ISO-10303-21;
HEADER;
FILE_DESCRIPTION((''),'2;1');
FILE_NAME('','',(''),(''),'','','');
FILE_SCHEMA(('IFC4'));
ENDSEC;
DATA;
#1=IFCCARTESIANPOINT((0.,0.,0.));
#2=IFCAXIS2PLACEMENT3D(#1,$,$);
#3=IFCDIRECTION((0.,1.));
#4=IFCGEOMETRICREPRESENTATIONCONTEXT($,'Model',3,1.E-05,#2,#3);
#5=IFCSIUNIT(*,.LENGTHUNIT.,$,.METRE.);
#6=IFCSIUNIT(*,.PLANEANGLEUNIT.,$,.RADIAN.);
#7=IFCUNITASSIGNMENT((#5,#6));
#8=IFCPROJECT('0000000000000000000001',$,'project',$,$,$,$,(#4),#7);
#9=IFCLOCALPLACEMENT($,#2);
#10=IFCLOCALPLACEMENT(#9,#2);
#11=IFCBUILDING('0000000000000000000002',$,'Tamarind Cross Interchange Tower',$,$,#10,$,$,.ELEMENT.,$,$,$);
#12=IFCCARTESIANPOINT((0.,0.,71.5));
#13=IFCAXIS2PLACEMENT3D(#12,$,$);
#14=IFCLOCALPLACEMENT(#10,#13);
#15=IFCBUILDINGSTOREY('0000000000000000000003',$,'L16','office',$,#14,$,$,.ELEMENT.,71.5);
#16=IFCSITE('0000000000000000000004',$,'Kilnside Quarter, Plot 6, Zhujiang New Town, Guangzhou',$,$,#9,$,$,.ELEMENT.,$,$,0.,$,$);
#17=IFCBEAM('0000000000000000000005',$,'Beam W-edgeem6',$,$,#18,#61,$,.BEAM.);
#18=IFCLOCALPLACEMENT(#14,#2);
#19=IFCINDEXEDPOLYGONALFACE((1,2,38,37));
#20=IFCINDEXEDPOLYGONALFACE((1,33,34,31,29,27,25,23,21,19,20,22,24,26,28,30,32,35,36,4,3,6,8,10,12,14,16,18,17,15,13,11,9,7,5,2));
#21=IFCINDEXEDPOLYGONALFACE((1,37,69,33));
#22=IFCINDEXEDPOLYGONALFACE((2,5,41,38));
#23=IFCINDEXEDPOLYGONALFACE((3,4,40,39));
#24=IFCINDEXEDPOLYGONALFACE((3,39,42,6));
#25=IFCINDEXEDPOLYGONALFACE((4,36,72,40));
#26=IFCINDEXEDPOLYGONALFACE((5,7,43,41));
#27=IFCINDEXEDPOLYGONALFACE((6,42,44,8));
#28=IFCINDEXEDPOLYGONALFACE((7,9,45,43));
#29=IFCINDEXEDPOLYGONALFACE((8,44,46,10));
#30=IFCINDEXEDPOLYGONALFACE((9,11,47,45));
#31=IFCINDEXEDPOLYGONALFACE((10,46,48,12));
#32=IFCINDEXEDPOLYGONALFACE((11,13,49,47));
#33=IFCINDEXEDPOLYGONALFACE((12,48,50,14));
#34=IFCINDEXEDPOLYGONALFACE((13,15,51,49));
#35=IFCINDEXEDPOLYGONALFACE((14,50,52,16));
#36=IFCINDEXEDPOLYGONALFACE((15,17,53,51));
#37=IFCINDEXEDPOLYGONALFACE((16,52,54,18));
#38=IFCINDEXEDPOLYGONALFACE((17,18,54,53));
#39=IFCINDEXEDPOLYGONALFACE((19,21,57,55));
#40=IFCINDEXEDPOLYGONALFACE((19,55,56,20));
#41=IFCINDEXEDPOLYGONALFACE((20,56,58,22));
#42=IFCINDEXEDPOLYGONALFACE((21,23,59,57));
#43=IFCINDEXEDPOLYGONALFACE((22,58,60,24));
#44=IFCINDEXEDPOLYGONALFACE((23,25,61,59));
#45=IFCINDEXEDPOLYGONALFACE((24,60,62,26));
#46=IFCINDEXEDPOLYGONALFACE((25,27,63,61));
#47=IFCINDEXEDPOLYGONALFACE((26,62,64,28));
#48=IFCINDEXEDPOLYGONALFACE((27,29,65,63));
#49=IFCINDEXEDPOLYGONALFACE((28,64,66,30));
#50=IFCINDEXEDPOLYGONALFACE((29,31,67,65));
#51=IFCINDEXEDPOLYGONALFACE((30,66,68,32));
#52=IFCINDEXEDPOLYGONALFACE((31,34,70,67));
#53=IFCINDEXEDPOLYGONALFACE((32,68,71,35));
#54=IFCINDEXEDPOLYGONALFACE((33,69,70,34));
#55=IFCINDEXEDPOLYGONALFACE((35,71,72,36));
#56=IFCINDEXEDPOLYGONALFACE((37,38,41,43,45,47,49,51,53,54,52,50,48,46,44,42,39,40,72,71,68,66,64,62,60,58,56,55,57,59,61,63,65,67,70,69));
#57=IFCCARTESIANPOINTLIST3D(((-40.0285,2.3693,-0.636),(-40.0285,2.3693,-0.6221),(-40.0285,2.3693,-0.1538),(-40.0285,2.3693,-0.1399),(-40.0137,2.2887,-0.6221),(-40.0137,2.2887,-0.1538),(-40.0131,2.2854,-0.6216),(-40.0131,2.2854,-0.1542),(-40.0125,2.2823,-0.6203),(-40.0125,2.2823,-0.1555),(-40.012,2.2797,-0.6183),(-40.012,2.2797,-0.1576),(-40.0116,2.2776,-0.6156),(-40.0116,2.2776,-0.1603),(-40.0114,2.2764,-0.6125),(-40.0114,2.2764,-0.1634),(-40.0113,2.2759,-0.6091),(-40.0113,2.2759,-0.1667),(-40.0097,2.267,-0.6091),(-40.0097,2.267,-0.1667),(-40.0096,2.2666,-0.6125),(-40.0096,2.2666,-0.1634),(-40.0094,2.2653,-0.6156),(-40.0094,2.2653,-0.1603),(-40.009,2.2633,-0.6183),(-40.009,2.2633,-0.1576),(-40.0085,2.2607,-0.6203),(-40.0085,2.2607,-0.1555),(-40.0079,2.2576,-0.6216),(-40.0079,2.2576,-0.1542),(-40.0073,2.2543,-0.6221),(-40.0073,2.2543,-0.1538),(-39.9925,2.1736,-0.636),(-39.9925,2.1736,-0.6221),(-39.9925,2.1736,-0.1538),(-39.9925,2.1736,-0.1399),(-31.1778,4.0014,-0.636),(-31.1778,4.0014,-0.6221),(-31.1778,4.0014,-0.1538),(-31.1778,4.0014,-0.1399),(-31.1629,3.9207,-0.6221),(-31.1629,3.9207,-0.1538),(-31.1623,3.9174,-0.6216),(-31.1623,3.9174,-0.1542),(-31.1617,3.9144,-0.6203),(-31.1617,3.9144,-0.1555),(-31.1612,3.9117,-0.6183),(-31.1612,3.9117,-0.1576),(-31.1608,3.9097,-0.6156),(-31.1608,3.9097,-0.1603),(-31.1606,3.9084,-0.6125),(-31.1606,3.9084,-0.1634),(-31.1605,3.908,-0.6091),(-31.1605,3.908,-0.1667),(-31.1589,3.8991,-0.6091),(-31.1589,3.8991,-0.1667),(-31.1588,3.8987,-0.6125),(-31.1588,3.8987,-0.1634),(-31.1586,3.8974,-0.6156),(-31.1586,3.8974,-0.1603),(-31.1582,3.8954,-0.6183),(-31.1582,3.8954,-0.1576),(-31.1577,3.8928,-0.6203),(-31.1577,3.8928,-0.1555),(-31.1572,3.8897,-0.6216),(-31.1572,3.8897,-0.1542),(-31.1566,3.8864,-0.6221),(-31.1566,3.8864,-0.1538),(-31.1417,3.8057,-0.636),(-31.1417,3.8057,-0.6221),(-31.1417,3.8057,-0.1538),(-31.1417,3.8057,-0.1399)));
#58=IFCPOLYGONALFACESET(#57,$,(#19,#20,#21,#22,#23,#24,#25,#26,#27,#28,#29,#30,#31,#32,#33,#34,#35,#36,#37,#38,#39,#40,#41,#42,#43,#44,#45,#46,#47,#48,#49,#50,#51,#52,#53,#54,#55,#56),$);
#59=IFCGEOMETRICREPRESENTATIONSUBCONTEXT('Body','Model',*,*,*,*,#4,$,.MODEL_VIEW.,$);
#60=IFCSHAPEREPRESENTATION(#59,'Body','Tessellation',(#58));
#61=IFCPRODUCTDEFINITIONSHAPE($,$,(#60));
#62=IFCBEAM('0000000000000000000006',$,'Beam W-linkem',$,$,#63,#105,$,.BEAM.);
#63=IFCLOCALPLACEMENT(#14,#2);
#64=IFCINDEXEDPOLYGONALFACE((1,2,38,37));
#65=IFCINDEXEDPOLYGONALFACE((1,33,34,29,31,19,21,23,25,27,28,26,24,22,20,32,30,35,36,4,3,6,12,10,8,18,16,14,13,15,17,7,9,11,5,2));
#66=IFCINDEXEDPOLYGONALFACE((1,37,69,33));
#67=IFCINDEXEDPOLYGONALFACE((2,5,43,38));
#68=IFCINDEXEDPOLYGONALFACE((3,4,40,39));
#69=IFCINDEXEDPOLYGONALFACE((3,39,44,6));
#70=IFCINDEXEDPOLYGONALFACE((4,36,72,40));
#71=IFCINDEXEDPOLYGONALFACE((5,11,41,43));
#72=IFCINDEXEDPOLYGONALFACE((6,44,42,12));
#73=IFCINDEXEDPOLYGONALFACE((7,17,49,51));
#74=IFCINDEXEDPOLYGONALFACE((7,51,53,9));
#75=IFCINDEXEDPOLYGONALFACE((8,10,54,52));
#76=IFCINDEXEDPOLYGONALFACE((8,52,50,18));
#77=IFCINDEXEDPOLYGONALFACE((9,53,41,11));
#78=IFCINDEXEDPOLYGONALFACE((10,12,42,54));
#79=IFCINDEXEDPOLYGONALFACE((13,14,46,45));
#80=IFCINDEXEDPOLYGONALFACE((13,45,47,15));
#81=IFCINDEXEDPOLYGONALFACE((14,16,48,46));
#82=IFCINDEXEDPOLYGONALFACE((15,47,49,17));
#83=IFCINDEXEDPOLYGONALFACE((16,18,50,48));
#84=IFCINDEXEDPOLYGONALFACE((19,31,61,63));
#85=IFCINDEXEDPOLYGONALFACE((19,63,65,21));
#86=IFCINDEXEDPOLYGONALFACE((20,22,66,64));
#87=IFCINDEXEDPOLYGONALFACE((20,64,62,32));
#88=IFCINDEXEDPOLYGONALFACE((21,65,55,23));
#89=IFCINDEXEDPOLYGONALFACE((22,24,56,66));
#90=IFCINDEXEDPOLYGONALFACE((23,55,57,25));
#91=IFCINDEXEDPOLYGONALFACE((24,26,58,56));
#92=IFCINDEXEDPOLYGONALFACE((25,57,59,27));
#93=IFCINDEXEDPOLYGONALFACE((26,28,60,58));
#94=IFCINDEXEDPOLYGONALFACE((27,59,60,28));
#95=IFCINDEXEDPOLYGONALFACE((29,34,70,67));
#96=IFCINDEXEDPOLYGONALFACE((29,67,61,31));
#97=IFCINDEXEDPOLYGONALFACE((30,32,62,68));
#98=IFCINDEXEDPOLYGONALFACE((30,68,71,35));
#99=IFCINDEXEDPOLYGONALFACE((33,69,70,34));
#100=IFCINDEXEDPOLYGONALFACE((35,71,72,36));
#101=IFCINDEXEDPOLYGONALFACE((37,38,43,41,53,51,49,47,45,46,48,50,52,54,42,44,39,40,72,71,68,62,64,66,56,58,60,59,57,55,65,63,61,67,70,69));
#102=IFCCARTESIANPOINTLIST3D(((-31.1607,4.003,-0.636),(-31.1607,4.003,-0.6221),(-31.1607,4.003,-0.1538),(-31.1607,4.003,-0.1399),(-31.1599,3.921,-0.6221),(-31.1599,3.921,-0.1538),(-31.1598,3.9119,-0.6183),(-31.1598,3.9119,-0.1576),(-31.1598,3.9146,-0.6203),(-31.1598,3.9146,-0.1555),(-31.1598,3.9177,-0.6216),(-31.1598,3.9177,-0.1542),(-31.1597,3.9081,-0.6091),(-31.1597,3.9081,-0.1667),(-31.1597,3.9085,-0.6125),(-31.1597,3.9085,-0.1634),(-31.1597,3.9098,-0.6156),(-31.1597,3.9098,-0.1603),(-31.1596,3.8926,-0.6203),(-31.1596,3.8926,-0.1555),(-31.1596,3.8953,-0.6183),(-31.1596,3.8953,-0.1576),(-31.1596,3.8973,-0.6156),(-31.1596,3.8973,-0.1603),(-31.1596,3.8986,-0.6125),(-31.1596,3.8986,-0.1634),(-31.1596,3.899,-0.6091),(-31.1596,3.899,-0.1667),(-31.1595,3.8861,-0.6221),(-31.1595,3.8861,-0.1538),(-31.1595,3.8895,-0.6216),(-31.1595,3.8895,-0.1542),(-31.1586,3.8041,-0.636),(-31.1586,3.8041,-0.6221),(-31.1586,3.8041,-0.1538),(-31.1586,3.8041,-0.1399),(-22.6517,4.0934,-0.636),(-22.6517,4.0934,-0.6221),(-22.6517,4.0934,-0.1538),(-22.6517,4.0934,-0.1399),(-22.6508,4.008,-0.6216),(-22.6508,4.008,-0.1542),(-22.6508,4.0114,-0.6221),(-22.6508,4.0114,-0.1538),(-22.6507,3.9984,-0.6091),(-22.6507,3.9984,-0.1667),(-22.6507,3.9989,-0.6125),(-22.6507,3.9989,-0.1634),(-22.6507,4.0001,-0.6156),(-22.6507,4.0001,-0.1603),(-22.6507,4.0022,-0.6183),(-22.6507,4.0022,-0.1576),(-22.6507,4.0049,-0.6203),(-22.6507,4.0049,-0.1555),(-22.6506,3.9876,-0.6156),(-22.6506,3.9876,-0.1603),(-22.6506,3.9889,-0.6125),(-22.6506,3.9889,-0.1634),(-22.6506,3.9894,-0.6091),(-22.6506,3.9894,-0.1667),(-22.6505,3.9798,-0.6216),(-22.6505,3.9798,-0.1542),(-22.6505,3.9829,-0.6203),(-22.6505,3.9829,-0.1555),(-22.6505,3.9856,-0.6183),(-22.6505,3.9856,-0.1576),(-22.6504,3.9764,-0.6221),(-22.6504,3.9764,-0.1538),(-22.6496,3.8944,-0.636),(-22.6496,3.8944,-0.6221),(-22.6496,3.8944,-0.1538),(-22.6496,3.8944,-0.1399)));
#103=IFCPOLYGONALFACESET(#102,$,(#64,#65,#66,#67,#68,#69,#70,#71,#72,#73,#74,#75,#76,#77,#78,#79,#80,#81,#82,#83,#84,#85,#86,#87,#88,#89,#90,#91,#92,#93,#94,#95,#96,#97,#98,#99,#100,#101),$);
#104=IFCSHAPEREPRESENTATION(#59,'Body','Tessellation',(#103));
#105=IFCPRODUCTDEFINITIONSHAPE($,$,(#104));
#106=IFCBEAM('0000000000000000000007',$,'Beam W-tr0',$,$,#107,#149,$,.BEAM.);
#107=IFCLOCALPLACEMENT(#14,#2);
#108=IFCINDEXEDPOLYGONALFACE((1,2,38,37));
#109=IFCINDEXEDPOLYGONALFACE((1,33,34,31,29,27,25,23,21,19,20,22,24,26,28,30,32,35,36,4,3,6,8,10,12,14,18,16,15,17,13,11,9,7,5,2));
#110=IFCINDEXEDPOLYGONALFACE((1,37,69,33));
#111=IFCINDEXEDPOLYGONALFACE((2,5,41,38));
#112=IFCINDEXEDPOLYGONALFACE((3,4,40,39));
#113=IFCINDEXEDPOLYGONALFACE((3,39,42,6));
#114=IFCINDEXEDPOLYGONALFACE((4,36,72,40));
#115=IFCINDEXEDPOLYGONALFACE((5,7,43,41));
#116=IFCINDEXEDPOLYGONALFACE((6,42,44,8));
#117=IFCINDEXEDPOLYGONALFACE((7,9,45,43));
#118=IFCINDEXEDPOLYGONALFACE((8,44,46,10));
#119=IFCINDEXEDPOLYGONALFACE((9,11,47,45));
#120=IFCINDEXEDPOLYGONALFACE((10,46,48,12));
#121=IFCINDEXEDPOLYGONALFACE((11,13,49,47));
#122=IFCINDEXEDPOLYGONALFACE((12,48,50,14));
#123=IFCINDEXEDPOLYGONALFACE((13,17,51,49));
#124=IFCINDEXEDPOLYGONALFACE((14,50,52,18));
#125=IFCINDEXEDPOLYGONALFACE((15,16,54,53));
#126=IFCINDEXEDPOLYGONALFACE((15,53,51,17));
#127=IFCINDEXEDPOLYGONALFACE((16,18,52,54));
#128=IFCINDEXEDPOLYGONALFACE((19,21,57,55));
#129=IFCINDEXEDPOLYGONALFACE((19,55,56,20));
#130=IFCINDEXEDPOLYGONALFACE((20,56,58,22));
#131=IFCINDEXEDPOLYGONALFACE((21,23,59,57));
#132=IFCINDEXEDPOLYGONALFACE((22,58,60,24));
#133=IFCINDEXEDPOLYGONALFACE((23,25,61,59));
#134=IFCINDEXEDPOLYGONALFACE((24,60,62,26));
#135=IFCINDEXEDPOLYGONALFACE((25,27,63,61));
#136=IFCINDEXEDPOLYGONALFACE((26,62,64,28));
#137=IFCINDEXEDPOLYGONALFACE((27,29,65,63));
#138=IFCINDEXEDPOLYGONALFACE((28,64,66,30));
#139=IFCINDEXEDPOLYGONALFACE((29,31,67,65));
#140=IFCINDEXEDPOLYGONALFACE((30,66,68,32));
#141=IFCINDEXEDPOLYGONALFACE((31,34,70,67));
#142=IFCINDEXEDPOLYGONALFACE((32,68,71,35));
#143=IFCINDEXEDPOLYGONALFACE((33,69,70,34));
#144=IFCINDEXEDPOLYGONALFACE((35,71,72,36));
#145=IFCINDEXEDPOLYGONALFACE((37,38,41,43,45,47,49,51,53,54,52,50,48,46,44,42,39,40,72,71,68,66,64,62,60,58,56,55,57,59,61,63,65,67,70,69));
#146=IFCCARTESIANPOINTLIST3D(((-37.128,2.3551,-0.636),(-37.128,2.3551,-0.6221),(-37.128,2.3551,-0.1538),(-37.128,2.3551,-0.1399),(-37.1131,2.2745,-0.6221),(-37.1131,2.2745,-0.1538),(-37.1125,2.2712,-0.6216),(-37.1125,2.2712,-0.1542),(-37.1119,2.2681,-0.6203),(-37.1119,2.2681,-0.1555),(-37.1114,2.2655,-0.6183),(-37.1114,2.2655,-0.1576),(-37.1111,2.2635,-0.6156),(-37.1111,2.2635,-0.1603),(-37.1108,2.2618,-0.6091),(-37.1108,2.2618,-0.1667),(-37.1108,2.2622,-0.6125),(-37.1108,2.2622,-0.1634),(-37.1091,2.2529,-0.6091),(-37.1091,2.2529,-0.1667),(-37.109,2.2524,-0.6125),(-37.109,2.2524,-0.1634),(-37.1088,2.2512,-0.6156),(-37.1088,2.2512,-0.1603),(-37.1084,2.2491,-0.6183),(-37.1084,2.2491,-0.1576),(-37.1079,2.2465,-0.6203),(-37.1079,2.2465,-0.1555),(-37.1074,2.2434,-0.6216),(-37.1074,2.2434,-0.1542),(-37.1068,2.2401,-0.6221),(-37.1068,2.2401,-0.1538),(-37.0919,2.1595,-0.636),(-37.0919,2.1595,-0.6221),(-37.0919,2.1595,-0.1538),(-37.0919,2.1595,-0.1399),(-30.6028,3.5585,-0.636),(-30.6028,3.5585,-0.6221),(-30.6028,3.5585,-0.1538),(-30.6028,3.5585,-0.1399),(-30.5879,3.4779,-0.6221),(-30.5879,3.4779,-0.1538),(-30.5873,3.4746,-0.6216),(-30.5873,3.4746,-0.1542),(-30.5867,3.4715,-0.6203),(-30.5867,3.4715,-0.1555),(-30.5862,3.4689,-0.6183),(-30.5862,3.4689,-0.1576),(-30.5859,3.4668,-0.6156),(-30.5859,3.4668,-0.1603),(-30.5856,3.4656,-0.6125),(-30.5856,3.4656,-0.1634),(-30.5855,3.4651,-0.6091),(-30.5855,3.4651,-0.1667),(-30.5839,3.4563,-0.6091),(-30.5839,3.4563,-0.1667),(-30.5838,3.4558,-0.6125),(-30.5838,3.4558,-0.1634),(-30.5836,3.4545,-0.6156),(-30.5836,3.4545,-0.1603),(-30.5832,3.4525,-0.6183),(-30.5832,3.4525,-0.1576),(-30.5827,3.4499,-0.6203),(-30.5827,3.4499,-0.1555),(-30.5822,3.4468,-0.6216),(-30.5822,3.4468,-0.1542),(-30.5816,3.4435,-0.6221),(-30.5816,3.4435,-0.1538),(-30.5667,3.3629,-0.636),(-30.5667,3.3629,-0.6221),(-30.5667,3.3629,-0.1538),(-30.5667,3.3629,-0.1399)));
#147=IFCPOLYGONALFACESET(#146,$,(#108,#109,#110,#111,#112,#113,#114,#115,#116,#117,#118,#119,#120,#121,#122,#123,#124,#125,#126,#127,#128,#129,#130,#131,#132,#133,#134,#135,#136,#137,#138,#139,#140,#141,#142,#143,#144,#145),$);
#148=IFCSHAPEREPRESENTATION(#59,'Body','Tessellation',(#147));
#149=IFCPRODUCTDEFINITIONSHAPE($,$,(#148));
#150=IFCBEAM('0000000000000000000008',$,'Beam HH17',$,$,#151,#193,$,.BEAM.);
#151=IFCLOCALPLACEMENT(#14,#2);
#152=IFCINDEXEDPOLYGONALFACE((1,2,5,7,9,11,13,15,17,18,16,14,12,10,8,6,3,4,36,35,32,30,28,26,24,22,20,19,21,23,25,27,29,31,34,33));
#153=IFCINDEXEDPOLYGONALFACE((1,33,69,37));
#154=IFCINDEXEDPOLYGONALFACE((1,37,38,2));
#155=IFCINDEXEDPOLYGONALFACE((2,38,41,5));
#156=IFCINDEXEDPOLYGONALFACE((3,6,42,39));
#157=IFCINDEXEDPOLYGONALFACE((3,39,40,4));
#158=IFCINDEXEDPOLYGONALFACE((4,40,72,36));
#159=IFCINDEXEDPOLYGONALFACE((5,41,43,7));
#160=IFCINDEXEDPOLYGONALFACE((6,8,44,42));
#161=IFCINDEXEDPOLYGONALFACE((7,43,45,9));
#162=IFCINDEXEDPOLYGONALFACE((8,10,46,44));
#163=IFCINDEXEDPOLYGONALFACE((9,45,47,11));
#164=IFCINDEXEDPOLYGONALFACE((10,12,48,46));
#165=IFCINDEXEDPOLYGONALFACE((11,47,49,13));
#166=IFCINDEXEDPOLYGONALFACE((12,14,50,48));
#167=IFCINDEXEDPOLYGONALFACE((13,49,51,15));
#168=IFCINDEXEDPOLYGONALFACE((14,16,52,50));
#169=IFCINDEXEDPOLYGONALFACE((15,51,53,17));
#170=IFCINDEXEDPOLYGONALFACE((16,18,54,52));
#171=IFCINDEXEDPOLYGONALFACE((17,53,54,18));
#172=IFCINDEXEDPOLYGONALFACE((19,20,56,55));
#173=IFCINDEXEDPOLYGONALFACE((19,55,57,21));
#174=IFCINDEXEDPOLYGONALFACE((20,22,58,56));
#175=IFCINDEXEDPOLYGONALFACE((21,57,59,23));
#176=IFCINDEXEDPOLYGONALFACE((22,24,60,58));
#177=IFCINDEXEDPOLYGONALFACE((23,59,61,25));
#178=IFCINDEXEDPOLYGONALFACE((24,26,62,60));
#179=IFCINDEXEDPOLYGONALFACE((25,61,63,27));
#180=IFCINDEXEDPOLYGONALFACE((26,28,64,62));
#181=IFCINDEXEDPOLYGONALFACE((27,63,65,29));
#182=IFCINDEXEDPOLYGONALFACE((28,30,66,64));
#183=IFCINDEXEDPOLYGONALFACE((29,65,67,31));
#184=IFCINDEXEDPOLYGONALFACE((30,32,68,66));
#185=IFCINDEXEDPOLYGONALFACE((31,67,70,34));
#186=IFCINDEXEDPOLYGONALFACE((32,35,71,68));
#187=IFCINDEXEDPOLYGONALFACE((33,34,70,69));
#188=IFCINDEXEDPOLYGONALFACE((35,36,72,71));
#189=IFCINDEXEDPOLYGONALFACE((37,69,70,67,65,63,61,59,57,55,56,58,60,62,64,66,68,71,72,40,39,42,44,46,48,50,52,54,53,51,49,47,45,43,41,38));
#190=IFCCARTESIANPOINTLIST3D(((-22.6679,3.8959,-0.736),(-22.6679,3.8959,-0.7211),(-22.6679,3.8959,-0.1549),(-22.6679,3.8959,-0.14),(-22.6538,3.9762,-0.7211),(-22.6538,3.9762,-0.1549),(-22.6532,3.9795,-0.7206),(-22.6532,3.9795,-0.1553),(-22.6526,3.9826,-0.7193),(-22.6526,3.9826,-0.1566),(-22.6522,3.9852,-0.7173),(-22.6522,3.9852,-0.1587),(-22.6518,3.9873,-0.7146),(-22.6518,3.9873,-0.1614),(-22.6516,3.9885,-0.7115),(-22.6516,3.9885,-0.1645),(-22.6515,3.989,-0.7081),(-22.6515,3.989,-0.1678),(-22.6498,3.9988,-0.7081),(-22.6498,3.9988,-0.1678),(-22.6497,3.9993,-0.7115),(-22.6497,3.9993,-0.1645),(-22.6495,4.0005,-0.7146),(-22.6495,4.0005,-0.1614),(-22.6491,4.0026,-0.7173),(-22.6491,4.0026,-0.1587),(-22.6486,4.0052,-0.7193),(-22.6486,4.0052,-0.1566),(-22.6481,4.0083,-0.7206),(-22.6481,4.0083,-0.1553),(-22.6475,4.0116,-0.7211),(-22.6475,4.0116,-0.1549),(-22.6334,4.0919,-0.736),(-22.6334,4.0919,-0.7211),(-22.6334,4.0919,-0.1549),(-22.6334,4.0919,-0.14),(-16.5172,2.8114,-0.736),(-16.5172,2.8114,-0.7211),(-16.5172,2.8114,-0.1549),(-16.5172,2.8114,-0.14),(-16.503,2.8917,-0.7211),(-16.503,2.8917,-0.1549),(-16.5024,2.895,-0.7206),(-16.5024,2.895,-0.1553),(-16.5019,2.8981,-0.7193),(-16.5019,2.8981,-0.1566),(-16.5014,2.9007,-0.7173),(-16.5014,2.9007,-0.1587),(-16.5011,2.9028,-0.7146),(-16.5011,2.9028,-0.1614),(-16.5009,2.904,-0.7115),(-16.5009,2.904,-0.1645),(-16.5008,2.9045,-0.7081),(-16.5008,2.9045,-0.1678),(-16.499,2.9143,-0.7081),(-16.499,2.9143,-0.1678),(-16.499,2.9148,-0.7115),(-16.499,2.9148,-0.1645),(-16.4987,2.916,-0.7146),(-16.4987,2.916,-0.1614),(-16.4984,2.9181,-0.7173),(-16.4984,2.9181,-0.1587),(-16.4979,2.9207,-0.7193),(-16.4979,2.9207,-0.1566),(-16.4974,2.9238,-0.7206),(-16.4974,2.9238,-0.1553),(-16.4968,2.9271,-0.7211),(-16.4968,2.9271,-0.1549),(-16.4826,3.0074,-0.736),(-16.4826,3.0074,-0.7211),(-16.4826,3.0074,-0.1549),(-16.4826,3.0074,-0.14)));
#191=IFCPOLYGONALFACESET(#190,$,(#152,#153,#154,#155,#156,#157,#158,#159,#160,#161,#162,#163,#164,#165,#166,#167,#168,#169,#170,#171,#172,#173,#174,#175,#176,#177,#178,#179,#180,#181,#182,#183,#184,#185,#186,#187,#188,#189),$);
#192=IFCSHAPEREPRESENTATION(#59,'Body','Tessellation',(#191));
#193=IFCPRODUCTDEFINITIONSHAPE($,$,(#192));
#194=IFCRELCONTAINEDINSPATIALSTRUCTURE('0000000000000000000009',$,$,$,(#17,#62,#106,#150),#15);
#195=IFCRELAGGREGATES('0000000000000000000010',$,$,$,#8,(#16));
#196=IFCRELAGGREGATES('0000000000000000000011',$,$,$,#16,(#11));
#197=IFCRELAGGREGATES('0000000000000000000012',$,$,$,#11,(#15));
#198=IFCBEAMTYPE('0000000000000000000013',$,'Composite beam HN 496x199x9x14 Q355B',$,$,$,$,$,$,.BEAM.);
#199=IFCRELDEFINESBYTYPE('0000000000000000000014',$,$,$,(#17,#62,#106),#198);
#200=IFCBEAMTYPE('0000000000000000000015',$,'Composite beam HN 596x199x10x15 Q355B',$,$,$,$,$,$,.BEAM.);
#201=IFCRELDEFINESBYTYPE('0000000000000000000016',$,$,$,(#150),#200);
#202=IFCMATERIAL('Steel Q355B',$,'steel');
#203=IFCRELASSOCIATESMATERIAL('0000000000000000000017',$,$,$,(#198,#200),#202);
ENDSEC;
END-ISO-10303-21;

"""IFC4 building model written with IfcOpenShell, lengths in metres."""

from ifc_helpers import new_model, si_unit, direction, frame, origin, origin_2d, place, context, subcontext, project, spatial, i_section, extrude, material, material_profile, profile_set, type_object, element, save


model = new_model("IFC4")

# Units and contexts
model_context = context("Model", 3, precision=1e-05, world=origin(), true_north=direction((0.0, 1.0)))
body_context = subcontext(model_context, "Body", "Model", "MODEL_VIEW")
ifc_project = project(units=[si_unit("LENGTHUNIT", "METRE"), si_unit("PLANEANGLEUNIT", "RADIAN")], contexts=[model_context])

# Site, building, storey
site_placement = place(None, origin())
site = spatial("IfcSite", under=ifc_project, at=site_placement, Name="Kilnside Quarter, Plot 6, Zhujiang New Town, Guangzhou", CompositionType="ELEMENT", RefElevation=0.0)
building_placement = place(site_placement, origin())
building = spatial("IfcBuilding", under=site, at=building_placement, Name="Tamarind Cross Interchange Tower", CompositionType="ELEMENT")
storey_placement = place(building_placement, frame((0.0, 0.0, 71.5)))
storey = spatial("IfcBuildingStorey", under=building, at=storey_placement, Name="L16", Description="office", CompositionType="ELEMENT", Elevation=71.5)

# Beams
ifc_material_1 = material(Name="Steel Q355B", Category="steel")
ifc_material_profile_1 = material_profile(ifc_material_1, i_section(OverallWidth=0.199, OverallDepth=0.4961, WebThickness=0.009, FlangeThickness=0.0139, FilletRadius=0.0129, at=origin_2d()), Name="HN 496x199x9x14")
ifc_profile_set_1 = profile_set([ifc_material_profile_1], Name="Steel Q355B")
beam_type_1 = type_object("IfcBeamType", Name="Composite beam HN 496x199x9x14 Q355B", PredefinedType="BEAM", material=ifc_profile_set_1)
beam_1_placement = place(storey_placement, frame((-40.0105, 2.2715, -0.3879), z_axis=(0.98342, 0.181341, 0.0), x_axis=(-0.181341, 0.98342, 0.0)))
element("IfcBeam", 1, at=beam_1_placement, inside=storey, type_object=beam_type_1, Name="Beam W-edgeem6", PredefinedType="BEAM", context=body_context, shape_type="SweptSolid", body=[
    extrude(i_section(OverallWidth=0.199, OverallDepth=0.4961, WebThickness=0.009, FlangeThickness=0.0139, FilletRadius=0.0129, at=origin_2d()), origin(), (0.0, 0.0, 1.0), 9.0),
])
beam_2_placement = place(storey_placement, frame((-31.1597, 3.9036, -0.3879), z_axis=(0.999944, 0.010615, 0.0), x_axis=(-0.010615, 0.999944, 0.0)))
element("IfcBeam", 2, at=beam_2_placement, inside=storey, type_object=beam_type_1, Name="Beam W-linkem", PredefinedType="BEAM", context=body_context, shape_type="SweptSolid", body=[
    extrude(i_section(OverallWidth=0.199, OverallDepth=0.4961, WebThickness=0.009, FlangeThickness=0.0139, FilletRadius=0.0129, at=origin_2d()), origin(), (0.0, 0.0, 1.0), 8.5095),
])
beam_3_placement = place(storey_placement, frame((-30.5847, 3.4607, -0.3879), z_axis=(-0.983416, -0.181362, 0.0), x_axis=(0.181362, -0.983416, 0.0)))
element("IfcBeam", 3, at=beam_3_placement, inside=storey, type_object=beam_type_1, Name="Beam W-tr0", PredefinedType="BEAM", context=body_context, shape_type="SweptSolid", body=[
    extrude(i_section(OverallWidth=0.199, OverallDepth=0.4961, WebThickness=0.009, FlangeThickness=0.0139, FilletRadius=0.0129, at=origin_2d()), origin(), (0.0, 0.0, 1.0), 6.6353),
])
ifc_material_profile_2 = material_profile(ifc_material_1, i_section(OverallWidth=0.199, OverallDepth=0.5959, WebThickness=0.01, FlangeThickness=0.0149, FilletRadius=0.0129, at=origin_2d()), Name="HN 596x199x10x15")
ifc_profile_set_2 = profile_set([ifc_material_profile_2], Name="Steel Q355B")
beam_type_2 = type_object("IfcBeamType", Name="Composite beam HN 596x199x10x15 Q355B", PredefinedType="BEAM", material=ifc_profile_set_2)
beam_4_placement = place(storey_placement, frame((-22.6506, 3.9939, -0.438), z_axis=(0.984809, -0.17364, 0.0), x_axis=(0.17364, 0.984809, 0.0)))
element("IfcBeam", 4, at=beam_4_placement, inside=storey, type_object=beam_type_2, Name="Beam HH17", PredefinedType="BEAM", context=body_context, shape_type="SweptSolid", body=[
    extrude(i_section(OverallWidth=0.199, OverallDepth=0.5959, WebThickness=0.01, FlangeThickness=0.0149, FilletRadius=0.0129, at=origin_2d()), origin(), (0.0, 0.0, 1.0), 6.2456),
])

save(model, "model.ifc")
